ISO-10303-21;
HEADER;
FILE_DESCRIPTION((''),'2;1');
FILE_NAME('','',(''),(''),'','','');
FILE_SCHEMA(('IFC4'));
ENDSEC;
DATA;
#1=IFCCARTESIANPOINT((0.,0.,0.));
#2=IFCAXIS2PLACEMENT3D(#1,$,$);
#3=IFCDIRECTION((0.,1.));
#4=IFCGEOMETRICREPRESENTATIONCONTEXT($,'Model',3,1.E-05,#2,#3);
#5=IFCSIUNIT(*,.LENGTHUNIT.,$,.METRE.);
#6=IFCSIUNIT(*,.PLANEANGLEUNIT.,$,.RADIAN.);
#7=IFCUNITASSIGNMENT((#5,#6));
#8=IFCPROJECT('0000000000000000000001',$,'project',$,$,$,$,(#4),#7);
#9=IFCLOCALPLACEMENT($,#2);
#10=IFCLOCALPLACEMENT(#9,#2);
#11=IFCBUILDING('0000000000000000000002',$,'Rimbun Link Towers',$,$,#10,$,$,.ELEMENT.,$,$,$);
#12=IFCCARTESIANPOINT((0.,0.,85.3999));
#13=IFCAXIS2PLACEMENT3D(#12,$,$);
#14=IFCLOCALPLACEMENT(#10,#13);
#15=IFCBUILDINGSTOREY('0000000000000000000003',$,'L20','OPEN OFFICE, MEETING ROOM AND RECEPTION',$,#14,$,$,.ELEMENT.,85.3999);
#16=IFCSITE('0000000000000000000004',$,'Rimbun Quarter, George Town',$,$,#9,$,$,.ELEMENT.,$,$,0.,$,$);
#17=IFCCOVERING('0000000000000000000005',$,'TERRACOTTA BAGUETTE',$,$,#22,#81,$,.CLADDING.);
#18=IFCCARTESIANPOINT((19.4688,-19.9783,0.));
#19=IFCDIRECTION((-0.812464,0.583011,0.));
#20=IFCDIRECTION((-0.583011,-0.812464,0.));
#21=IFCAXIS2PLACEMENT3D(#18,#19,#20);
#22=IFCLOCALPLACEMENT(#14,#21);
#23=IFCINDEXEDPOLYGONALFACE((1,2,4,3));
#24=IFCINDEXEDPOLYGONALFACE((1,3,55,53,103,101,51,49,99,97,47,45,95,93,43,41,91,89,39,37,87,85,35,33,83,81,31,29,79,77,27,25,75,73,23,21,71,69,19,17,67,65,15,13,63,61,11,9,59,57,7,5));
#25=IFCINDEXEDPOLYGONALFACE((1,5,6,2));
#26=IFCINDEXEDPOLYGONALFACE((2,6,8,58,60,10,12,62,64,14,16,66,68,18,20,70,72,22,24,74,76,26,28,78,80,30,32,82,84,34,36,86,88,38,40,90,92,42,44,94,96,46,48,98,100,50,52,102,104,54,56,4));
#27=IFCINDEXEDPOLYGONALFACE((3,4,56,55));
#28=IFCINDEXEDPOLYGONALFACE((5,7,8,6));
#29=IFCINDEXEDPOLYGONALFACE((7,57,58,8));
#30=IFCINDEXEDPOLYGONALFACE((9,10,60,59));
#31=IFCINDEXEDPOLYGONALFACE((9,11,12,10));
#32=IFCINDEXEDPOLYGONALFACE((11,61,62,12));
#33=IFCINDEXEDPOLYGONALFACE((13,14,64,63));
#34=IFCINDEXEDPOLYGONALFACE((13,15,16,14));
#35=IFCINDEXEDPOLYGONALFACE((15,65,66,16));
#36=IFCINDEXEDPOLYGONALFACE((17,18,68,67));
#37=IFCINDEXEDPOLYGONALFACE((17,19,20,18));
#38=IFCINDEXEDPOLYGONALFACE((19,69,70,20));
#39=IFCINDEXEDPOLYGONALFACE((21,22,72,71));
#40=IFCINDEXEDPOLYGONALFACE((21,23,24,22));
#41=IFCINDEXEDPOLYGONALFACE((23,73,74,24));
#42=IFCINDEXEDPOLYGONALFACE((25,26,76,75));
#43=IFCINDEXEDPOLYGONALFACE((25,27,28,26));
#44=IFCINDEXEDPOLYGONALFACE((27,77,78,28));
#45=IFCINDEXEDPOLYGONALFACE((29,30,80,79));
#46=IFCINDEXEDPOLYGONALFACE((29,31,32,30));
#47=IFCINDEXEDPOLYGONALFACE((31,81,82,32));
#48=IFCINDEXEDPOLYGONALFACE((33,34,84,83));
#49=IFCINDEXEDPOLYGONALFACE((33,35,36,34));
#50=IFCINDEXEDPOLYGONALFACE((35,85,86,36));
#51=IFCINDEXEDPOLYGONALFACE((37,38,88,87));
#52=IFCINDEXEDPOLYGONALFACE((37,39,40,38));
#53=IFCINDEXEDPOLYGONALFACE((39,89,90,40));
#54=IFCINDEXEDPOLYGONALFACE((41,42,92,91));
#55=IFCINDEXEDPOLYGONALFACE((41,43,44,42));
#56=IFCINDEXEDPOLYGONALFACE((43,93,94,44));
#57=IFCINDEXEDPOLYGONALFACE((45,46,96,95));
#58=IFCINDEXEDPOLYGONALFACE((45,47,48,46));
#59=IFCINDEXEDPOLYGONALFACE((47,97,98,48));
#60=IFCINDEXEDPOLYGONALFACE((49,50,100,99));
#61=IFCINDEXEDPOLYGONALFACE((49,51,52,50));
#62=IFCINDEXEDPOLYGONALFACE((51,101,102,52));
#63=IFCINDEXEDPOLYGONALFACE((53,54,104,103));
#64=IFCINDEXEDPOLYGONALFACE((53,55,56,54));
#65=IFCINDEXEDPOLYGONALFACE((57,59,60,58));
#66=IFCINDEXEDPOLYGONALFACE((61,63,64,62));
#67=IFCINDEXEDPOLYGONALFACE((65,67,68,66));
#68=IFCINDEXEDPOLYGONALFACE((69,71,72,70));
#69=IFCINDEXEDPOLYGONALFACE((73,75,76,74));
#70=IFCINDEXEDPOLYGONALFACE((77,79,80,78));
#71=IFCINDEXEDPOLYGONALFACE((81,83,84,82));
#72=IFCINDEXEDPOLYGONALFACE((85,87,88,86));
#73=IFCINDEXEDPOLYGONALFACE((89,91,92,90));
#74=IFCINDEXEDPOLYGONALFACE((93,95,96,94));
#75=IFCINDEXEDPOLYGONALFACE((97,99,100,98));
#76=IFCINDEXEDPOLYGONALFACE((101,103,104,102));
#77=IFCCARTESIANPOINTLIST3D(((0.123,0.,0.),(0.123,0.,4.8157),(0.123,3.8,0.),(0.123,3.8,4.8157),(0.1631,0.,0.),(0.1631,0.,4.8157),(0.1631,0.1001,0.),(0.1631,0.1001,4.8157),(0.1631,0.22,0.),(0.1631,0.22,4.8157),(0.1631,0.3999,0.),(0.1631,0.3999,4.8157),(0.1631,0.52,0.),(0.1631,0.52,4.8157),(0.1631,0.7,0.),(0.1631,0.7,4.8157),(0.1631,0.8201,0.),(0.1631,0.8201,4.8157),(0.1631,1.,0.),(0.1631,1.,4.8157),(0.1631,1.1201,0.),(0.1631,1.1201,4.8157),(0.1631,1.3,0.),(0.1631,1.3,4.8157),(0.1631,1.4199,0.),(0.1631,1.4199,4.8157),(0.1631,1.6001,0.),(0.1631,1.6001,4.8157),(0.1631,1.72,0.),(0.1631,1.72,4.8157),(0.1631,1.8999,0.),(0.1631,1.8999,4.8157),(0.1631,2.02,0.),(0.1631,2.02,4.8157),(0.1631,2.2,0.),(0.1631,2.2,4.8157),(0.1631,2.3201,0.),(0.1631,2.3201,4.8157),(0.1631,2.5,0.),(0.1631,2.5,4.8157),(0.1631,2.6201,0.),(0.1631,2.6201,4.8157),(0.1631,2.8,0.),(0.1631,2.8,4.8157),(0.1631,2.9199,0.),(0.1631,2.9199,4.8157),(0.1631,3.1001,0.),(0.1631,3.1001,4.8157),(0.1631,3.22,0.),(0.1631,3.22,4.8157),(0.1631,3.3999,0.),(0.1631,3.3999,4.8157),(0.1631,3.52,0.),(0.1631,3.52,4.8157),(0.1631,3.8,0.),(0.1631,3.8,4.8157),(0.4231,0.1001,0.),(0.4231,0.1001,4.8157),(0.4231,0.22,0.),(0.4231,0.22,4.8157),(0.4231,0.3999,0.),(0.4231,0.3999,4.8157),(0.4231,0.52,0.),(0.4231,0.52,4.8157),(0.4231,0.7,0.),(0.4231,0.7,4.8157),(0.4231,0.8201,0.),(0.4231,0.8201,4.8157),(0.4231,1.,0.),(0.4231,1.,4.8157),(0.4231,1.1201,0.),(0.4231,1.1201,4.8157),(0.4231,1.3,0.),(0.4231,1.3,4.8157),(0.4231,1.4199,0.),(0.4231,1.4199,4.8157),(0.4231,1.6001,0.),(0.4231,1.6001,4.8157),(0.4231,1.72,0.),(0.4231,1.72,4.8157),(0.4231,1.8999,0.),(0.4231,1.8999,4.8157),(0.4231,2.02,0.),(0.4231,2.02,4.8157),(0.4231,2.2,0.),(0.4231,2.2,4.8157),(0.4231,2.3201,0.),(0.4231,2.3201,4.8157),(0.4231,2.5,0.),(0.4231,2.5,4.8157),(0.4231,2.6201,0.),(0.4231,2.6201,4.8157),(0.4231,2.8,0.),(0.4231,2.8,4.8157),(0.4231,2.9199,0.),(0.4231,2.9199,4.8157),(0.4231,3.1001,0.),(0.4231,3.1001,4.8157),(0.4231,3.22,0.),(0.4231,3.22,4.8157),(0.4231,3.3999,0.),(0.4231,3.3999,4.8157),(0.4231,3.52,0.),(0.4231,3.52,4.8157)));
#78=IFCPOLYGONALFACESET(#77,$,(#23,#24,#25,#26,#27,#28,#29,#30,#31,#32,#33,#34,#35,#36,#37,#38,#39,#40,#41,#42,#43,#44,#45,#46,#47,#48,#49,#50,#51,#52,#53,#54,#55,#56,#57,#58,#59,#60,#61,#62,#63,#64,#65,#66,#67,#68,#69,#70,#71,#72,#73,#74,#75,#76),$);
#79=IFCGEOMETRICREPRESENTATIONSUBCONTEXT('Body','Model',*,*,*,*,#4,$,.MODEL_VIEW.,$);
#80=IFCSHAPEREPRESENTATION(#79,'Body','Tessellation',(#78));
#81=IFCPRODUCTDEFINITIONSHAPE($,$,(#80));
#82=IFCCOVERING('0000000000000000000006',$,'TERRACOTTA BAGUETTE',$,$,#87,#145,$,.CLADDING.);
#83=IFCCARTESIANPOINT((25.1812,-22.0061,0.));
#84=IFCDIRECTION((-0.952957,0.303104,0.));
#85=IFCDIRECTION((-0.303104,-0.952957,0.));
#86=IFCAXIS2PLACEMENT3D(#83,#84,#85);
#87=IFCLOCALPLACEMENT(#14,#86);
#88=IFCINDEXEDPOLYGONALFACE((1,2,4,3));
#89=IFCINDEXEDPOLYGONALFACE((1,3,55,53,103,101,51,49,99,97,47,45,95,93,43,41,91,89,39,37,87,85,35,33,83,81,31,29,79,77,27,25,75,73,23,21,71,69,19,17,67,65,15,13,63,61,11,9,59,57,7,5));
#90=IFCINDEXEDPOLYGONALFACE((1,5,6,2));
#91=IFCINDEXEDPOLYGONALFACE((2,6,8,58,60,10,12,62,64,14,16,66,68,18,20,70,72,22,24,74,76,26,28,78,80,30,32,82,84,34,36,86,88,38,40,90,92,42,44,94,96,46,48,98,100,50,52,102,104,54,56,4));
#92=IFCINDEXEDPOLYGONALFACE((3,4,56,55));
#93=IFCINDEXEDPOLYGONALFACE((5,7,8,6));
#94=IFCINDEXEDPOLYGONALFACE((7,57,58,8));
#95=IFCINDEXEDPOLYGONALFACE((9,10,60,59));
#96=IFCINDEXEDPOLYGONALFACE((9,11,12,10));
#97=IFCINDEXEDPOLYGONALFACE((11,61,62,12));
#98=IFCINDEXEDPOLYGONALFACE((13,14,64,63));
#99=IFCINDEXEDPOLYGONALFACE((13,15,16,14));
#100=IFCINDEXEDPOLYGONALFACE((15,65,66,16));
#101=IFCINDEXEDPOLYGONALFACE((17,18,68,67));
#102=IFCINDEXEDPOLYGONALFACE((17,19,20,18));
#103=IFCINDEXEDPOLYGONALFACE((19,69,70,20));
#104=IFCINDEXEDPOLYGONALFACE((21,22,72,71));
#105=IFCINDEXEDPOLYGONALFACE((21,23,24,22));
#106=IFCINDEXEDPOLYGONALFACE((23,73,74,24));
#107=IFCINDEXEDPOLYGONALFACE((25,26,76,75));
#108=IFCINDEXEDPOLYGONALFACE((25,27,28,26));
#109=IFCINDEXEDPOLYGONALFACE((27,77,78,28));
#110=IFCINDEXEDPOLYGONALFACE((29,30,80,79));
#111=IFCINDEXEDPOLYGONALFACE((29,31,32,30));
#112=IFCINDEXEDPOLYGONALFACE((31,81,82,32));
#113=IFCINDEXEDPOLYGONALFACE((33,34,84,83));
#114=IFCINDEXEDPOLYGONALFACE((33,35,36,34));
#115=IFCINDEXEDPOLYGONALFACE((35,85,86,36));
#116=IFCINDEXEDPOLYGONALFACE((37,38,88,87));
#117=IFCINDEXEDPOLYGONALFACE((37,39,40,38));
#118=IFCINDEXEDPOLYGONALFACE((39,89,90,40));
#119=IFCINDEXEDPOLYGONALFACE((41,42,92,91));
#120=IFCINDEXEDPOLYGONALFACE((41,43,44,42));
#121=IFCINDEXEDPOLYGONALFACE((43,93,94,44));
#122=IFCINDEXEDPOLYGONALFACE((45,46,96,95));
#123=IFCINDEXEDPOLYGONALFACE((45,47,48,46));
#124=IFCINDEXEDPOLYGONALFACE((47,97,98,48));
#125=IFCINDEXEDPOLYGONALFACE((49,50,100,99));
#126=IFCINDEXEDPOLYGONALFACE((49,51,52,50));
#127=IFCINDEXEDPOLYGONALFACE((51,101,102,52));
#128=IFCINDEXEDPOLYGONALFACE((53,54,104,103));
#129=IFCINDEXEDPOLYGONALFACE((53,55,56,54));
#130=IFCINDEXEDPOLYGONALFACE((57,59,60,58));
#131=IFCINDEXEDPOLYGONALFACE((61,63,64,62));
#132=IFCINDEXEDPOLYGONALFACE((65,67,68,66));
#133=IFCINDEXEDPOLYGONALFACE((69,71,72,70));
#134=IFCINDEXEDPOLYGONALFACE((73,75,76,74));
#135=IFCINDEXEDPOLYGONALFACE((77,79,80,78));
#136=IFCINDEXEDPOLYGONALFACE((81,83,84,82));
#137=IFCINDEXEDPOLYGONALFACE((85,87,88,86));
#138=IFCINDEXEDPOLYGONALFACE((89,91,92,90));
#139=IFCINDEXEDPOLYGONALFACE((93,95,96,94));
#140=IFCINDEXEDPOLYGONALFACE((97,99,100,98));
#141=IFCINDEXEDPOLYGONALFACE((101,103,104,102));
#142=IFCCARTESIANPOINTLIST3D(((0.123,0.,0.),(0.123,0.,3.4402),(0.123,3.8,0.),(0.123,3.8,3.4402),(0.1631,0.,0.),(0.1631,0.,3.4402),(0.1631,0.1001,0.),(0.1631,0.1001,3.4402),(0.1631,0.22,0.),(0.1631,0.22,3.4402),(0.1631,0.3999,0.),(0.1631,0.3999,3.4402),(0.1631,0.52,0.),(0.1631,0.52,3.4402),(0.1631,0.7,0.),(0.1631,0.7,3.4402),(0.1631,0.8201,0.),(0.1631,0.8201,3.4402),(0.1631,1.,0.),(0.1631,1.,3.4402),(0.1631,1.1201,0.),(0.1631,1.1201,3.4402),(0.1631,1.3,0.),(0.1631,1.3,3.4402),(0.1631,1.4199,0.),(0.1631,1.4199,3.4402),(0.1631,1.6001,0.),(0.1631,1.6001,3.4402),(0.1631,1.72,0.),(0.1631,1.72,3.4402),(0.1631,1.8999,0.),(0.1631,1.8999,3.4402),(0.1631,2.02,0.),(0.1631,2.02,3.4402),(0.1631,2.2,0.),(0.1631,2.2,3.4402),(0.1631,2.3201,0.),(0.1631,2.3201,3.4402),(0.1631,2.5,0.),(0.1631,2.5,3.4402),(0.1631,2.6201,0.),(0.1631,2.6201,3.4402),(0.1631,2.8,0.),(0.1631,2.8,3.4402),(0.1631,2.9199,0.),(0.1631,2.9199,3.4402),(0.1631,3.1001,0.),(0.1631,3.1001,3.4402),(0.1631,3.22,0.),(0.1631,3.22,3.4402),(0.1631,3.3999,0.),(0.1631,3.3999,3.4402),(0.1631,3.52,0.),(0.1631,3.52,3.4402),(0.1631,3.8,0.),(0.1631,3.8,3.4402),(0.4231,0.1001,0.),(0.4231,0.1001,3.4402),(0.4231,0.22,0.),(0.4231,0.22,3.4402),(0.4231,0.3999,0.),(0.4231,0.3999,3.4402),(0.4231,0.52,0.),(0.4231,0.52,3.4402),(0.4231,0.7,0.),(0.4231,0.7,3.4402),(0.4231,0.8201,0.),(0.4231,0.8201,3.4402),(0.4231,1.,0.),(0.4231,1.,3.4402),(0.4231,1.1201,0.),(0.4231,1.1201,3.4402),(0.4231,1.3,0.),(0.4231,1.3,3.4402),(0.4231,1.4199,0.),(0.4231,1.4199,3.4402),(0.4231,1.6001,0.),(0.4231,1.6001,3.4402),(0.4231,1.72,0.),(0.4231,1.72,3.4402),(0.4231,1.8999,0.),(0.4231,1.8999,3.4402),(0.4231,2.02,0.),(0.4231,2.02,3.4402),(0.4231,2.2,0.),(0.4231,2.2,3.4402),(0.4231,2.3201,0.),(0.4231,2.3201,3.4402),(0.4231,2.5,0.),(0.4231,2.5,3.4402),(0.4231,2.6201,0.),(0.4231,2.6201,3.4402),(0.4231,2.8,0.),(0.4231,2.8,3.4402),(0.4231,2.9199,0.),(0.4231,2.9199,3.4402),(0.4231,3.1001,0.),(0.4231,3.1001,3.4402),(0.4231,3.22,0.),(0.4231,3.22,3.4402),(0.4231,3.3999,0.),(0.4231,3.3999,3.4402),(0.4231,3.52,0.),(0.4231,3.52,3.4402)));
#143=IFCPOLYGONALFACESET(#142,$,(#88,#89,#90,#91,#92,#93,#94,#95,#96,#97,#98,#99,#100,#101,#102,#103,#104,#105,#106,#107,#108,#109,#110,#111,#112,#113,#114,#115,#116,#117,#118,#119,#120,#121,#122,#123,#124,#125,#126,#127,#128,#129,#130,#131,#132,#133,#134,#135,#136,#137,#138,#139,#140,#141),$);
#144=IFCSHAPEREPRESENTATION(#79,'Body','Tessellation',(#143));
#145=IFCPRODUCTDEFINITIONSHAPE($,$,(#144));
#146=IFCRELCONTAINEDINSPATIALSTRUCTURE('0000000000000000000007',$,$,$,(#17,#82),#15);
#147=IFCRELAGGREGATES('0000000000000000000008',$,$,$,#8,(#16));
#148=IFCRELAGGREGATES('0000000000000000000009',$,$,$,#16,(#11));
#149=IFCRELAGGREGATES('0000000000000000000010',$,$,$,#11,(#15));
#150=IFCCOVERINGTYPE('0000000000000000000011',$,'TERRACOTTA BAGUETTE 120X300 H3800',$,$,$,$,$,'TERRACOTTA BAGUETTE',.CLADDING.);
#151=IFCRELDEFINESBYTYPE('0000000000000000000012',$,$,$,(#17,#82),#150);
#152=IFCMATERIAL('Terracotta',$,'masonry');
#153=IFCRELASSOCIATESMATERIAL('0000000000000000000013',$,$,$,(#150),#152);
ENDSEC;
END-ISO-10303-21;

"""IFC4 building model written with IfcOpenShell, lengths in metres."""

from ifc_helpers import new_model, si_unit, direction, frame, origin, place, context, subcontext, project, spatial, polyline, outline, extrude, material, material_profile, profile_set, type_object, element, save


model = new_model("IFC4")

# Units and contexts
model_context = context("Model", 3, precision=1e-05, world=origin(), true_north=direction((0.0, 1.0)))
body_context = subcontext(model_context, "Body", "Model", "MODEL_VIEW")
ifc_project = project(units=[si_unit("LENGTHUNIT", "METRE"), si_unit("PLANEANGLEUNIT", "RADIAN")], contexts=[model_context])

# Site, building, storey
site_placement = place(None, origin())
site = spatial("IfcSite", under=ifc_project, at=site_placement, Name="Rimbun Quarter, George Town", CompositionType="ELEMENT", RefElevation=0.0)
building_placement = place(site_placement, origin())
building = spatial("IfcBuilding", under=site, at=building_placement, Name="Rimbun Link Towers", CompositionType="ELEMENT")
storey_placement = place(building_placement, frame((0.0, 0.0, 85.3999)))
storey = spatial("IfcBuildingStorey", under=building, at=storey_placement, Name="L20", Description="OPEN OFFICE, MEETING ROOM AND RECEPTION", CompositionType="ELEMENT", Elevation=85.3999)

# Coverings
ifc_material_1 = material(Name="Terracotta", Category="masonry")
ifc_material_profile_1 = material_profile(ifc_material_1, outline(polyline([(0.123, 0.0), (0.1631, 0.0), (0.1631, 0.1001), (0.4231, 0.1001), (0.4231, 0.22), (0.1631, 0.22), (0.1631, 0.3999), (0.4231, 0.3999), (0.4231, 0.52), (0.1631, 0.52), (0.1631, 0.7), (0.4231, 0.7), (0.4231, 0.8201), (0.1631, 0.8201), (0.1631, 1.0), (0.4231, 1.0), (0.4231, 1.1201), (0.1631, 1.1201), (0.1631, 1.3), (0.4231, 1.3), (0.4231, 1.4199), (0.1631, 1.4199), (0.1631, 1.6001), (0.4231, 1.6001), (0.4231, 1.72), (0.1631, 1.72), (0.1631, 1.8999), (0.4231, 1.8999), (0.4231, 2.02), (0.1631, 2.02), (0.1631, 2.2), (0.4231, 2.2), (0.4231, 2.3201), (0.1631, 2.3201), (0.1631, 2.5), (0.4231, 2.5), (0.4231, 2.6201), (0.1631, 2.6201), (0.1631, 2.8), (0.4231, 2.8), (0.4231, 2.9199), (0.1631, 2.9199), (0.1631, 3.1001), (0.4231, 3.1001), (0.4231, 3.22), (0.1631, 3.22), (0.1631, 3.3999), (0.4231, 3.3999), (0.4231, 3.52), (0.1631, 3.52), (0.1631, 3.8), (0.123, 3.8), (0.123, 0.0)])), Name="BAGUETTE 120X300")
ifc_profile_set_1 = profile_set([ifc_material_profile_1], Name="Terracotta")
covering_type = type_object("IfcCoveringType", Name="TERRACOTTA BAGUETTE 120X300 H3800", ElementType="TERRACOTTA BAGUETTE", PredefinedType="CLADDING", material=ifc_profile_set_1)
covering_1_placement = place(storey_placement, frame((19.4688, -19.9783, 0.0), z_axis=(-0.812464, 0.583011, 0.0), x_axis=(-0.583011, -0.812464, 0.0)))
element("IfcCovering", 1, at=covering_1_placement, inside=storey, type_object=covering_type, Name="TERRACOTTA BAGUETTE", PredefinedType="CLADDING", context=body_context, shape_type="SweptSolid", body=[
    extrude(outline(polyline([(0.123, 0.0), (0.1631, 0.0), (0.1631, 0.1001), (0.4231, 0.1001), (0.4231, 0.22), (0.1631, 0.22), (0.1631, 0.3999), (0.4231, 0.3999), (0.4231, 0.52), (0.1631, 0.52), (0.1631, 0.7), (0.4231, 0.7), (0.4231, 0.8201), (0.1631, 0.8201), (0.1631, 1.0), (0.4231, 1.0), (0.4231, 1.1201), (0.1631, 1.1201), (0.1631, 1.3), (0.4231, 1.3), (0.4231, 1.4199), (0.1631, 1.4199), (0.1631, 1.6001), (0.4231, 1.6001), (0.4231, 1.72), (0.1631, 1.72), (0.1631, 1.8999), (0.4231, 1.8999), (0.4231, 2.02), (0.1631, 2.02), (0.1631, 2.2), (0.4231, 2.2), (0.4231, 2.3201), (0.1631, 2.3201), (0.1631, 2.5), (0.4231, 2.5), (0.4231, 2.6201), (0.1631, 2.6201), (0.1631, 2.8), (0.4231, 2.8), (0.4231, 2.9199), (0.1631, 2.9199), (0.1631, 3.1001), (0.4231, 3.1001), (0.4231, 3.22), (0.1631, 3.22), (0.1631, 3.3999), (0.4231, 3.3999), (0.4231, 3.52), (0.1631, 3.52), (0.1631, 3.8), (0.123, 3.8), (0.123, 0.0)])), origin(), (0.0, 0.0, 1.0), 4.8157),
])
covering_2_placement = place(storey_placement, frame((25.1812, -22.0061, 0.0), z_axis=(-0.952957, 0.303104, 0.0), x_axis=(-0.303104, -0.952957, 0.0)))
element("IfcCovering", 2, at=covering_2_placement, inside=storey, type_object=covering_type, Name="TERRACOTTA BAGUETTE", PredefinedType="CLADDING", context=body_context, shape_type="SweptSolid", body=[
    extrude(outline(polyline([(0.123, 0.0), (0.1631, 0.0), (0.1631, 0.1001), (0.4231, 0.1001), (0.4231, 0.22), (0.1631, 0.22), (0.1631, 0.3999), (0.4231, 0.3999), (0.4231, 0.52), (0.1631, 0.52), (0.1631, 0.7), (0.4231, 0.7), (0.4231, 0.8201), (0.1631, 0.8201), (0.1631, 1.0), (0.4231, 1.0), (0.4231, 1.1201), (0.1631, 1.1201), (0.1631, 1.3), (0.4231, 1.3), (0.4231, 1.4199), (0.1631, 1.4199), (0.1631, 1.6001), (0.4231, 1.6001), (0.4231, 1.72), (0.1631, 1.72), (0.1631, 1.8999), (0.4231, 1.8999), (0.4231, 2.02), (0.1631, 2.02), (0.1631, 2.2), (0.4231, 2.2), (0.4231, 2.3201), (0.1631, 2.3201), (0.1631, 2.5), (0.4231, 2.5), (0.4231, 2.6201), (0.1631, 2.6201), (0.1631, 2.8), (0.4231, 2.8), (0.4231, 2.9199), (0.1631, 2.9199), (0.1631, 3.1001), (0.4231, 3.1001), (0.4231, 3.22), (0.1631, 3.22), (0.1631, 3.3999), (0.4231, 3.3999), (0.4231, 3.52), (0.1631, 3.52), (0.1631, 3.8), (0.123, 3.8), (0.123, 0.0)])), origin(), (0.0, 0.0, 1.0), 3.4402),
])

save(model, "model.ifc")
